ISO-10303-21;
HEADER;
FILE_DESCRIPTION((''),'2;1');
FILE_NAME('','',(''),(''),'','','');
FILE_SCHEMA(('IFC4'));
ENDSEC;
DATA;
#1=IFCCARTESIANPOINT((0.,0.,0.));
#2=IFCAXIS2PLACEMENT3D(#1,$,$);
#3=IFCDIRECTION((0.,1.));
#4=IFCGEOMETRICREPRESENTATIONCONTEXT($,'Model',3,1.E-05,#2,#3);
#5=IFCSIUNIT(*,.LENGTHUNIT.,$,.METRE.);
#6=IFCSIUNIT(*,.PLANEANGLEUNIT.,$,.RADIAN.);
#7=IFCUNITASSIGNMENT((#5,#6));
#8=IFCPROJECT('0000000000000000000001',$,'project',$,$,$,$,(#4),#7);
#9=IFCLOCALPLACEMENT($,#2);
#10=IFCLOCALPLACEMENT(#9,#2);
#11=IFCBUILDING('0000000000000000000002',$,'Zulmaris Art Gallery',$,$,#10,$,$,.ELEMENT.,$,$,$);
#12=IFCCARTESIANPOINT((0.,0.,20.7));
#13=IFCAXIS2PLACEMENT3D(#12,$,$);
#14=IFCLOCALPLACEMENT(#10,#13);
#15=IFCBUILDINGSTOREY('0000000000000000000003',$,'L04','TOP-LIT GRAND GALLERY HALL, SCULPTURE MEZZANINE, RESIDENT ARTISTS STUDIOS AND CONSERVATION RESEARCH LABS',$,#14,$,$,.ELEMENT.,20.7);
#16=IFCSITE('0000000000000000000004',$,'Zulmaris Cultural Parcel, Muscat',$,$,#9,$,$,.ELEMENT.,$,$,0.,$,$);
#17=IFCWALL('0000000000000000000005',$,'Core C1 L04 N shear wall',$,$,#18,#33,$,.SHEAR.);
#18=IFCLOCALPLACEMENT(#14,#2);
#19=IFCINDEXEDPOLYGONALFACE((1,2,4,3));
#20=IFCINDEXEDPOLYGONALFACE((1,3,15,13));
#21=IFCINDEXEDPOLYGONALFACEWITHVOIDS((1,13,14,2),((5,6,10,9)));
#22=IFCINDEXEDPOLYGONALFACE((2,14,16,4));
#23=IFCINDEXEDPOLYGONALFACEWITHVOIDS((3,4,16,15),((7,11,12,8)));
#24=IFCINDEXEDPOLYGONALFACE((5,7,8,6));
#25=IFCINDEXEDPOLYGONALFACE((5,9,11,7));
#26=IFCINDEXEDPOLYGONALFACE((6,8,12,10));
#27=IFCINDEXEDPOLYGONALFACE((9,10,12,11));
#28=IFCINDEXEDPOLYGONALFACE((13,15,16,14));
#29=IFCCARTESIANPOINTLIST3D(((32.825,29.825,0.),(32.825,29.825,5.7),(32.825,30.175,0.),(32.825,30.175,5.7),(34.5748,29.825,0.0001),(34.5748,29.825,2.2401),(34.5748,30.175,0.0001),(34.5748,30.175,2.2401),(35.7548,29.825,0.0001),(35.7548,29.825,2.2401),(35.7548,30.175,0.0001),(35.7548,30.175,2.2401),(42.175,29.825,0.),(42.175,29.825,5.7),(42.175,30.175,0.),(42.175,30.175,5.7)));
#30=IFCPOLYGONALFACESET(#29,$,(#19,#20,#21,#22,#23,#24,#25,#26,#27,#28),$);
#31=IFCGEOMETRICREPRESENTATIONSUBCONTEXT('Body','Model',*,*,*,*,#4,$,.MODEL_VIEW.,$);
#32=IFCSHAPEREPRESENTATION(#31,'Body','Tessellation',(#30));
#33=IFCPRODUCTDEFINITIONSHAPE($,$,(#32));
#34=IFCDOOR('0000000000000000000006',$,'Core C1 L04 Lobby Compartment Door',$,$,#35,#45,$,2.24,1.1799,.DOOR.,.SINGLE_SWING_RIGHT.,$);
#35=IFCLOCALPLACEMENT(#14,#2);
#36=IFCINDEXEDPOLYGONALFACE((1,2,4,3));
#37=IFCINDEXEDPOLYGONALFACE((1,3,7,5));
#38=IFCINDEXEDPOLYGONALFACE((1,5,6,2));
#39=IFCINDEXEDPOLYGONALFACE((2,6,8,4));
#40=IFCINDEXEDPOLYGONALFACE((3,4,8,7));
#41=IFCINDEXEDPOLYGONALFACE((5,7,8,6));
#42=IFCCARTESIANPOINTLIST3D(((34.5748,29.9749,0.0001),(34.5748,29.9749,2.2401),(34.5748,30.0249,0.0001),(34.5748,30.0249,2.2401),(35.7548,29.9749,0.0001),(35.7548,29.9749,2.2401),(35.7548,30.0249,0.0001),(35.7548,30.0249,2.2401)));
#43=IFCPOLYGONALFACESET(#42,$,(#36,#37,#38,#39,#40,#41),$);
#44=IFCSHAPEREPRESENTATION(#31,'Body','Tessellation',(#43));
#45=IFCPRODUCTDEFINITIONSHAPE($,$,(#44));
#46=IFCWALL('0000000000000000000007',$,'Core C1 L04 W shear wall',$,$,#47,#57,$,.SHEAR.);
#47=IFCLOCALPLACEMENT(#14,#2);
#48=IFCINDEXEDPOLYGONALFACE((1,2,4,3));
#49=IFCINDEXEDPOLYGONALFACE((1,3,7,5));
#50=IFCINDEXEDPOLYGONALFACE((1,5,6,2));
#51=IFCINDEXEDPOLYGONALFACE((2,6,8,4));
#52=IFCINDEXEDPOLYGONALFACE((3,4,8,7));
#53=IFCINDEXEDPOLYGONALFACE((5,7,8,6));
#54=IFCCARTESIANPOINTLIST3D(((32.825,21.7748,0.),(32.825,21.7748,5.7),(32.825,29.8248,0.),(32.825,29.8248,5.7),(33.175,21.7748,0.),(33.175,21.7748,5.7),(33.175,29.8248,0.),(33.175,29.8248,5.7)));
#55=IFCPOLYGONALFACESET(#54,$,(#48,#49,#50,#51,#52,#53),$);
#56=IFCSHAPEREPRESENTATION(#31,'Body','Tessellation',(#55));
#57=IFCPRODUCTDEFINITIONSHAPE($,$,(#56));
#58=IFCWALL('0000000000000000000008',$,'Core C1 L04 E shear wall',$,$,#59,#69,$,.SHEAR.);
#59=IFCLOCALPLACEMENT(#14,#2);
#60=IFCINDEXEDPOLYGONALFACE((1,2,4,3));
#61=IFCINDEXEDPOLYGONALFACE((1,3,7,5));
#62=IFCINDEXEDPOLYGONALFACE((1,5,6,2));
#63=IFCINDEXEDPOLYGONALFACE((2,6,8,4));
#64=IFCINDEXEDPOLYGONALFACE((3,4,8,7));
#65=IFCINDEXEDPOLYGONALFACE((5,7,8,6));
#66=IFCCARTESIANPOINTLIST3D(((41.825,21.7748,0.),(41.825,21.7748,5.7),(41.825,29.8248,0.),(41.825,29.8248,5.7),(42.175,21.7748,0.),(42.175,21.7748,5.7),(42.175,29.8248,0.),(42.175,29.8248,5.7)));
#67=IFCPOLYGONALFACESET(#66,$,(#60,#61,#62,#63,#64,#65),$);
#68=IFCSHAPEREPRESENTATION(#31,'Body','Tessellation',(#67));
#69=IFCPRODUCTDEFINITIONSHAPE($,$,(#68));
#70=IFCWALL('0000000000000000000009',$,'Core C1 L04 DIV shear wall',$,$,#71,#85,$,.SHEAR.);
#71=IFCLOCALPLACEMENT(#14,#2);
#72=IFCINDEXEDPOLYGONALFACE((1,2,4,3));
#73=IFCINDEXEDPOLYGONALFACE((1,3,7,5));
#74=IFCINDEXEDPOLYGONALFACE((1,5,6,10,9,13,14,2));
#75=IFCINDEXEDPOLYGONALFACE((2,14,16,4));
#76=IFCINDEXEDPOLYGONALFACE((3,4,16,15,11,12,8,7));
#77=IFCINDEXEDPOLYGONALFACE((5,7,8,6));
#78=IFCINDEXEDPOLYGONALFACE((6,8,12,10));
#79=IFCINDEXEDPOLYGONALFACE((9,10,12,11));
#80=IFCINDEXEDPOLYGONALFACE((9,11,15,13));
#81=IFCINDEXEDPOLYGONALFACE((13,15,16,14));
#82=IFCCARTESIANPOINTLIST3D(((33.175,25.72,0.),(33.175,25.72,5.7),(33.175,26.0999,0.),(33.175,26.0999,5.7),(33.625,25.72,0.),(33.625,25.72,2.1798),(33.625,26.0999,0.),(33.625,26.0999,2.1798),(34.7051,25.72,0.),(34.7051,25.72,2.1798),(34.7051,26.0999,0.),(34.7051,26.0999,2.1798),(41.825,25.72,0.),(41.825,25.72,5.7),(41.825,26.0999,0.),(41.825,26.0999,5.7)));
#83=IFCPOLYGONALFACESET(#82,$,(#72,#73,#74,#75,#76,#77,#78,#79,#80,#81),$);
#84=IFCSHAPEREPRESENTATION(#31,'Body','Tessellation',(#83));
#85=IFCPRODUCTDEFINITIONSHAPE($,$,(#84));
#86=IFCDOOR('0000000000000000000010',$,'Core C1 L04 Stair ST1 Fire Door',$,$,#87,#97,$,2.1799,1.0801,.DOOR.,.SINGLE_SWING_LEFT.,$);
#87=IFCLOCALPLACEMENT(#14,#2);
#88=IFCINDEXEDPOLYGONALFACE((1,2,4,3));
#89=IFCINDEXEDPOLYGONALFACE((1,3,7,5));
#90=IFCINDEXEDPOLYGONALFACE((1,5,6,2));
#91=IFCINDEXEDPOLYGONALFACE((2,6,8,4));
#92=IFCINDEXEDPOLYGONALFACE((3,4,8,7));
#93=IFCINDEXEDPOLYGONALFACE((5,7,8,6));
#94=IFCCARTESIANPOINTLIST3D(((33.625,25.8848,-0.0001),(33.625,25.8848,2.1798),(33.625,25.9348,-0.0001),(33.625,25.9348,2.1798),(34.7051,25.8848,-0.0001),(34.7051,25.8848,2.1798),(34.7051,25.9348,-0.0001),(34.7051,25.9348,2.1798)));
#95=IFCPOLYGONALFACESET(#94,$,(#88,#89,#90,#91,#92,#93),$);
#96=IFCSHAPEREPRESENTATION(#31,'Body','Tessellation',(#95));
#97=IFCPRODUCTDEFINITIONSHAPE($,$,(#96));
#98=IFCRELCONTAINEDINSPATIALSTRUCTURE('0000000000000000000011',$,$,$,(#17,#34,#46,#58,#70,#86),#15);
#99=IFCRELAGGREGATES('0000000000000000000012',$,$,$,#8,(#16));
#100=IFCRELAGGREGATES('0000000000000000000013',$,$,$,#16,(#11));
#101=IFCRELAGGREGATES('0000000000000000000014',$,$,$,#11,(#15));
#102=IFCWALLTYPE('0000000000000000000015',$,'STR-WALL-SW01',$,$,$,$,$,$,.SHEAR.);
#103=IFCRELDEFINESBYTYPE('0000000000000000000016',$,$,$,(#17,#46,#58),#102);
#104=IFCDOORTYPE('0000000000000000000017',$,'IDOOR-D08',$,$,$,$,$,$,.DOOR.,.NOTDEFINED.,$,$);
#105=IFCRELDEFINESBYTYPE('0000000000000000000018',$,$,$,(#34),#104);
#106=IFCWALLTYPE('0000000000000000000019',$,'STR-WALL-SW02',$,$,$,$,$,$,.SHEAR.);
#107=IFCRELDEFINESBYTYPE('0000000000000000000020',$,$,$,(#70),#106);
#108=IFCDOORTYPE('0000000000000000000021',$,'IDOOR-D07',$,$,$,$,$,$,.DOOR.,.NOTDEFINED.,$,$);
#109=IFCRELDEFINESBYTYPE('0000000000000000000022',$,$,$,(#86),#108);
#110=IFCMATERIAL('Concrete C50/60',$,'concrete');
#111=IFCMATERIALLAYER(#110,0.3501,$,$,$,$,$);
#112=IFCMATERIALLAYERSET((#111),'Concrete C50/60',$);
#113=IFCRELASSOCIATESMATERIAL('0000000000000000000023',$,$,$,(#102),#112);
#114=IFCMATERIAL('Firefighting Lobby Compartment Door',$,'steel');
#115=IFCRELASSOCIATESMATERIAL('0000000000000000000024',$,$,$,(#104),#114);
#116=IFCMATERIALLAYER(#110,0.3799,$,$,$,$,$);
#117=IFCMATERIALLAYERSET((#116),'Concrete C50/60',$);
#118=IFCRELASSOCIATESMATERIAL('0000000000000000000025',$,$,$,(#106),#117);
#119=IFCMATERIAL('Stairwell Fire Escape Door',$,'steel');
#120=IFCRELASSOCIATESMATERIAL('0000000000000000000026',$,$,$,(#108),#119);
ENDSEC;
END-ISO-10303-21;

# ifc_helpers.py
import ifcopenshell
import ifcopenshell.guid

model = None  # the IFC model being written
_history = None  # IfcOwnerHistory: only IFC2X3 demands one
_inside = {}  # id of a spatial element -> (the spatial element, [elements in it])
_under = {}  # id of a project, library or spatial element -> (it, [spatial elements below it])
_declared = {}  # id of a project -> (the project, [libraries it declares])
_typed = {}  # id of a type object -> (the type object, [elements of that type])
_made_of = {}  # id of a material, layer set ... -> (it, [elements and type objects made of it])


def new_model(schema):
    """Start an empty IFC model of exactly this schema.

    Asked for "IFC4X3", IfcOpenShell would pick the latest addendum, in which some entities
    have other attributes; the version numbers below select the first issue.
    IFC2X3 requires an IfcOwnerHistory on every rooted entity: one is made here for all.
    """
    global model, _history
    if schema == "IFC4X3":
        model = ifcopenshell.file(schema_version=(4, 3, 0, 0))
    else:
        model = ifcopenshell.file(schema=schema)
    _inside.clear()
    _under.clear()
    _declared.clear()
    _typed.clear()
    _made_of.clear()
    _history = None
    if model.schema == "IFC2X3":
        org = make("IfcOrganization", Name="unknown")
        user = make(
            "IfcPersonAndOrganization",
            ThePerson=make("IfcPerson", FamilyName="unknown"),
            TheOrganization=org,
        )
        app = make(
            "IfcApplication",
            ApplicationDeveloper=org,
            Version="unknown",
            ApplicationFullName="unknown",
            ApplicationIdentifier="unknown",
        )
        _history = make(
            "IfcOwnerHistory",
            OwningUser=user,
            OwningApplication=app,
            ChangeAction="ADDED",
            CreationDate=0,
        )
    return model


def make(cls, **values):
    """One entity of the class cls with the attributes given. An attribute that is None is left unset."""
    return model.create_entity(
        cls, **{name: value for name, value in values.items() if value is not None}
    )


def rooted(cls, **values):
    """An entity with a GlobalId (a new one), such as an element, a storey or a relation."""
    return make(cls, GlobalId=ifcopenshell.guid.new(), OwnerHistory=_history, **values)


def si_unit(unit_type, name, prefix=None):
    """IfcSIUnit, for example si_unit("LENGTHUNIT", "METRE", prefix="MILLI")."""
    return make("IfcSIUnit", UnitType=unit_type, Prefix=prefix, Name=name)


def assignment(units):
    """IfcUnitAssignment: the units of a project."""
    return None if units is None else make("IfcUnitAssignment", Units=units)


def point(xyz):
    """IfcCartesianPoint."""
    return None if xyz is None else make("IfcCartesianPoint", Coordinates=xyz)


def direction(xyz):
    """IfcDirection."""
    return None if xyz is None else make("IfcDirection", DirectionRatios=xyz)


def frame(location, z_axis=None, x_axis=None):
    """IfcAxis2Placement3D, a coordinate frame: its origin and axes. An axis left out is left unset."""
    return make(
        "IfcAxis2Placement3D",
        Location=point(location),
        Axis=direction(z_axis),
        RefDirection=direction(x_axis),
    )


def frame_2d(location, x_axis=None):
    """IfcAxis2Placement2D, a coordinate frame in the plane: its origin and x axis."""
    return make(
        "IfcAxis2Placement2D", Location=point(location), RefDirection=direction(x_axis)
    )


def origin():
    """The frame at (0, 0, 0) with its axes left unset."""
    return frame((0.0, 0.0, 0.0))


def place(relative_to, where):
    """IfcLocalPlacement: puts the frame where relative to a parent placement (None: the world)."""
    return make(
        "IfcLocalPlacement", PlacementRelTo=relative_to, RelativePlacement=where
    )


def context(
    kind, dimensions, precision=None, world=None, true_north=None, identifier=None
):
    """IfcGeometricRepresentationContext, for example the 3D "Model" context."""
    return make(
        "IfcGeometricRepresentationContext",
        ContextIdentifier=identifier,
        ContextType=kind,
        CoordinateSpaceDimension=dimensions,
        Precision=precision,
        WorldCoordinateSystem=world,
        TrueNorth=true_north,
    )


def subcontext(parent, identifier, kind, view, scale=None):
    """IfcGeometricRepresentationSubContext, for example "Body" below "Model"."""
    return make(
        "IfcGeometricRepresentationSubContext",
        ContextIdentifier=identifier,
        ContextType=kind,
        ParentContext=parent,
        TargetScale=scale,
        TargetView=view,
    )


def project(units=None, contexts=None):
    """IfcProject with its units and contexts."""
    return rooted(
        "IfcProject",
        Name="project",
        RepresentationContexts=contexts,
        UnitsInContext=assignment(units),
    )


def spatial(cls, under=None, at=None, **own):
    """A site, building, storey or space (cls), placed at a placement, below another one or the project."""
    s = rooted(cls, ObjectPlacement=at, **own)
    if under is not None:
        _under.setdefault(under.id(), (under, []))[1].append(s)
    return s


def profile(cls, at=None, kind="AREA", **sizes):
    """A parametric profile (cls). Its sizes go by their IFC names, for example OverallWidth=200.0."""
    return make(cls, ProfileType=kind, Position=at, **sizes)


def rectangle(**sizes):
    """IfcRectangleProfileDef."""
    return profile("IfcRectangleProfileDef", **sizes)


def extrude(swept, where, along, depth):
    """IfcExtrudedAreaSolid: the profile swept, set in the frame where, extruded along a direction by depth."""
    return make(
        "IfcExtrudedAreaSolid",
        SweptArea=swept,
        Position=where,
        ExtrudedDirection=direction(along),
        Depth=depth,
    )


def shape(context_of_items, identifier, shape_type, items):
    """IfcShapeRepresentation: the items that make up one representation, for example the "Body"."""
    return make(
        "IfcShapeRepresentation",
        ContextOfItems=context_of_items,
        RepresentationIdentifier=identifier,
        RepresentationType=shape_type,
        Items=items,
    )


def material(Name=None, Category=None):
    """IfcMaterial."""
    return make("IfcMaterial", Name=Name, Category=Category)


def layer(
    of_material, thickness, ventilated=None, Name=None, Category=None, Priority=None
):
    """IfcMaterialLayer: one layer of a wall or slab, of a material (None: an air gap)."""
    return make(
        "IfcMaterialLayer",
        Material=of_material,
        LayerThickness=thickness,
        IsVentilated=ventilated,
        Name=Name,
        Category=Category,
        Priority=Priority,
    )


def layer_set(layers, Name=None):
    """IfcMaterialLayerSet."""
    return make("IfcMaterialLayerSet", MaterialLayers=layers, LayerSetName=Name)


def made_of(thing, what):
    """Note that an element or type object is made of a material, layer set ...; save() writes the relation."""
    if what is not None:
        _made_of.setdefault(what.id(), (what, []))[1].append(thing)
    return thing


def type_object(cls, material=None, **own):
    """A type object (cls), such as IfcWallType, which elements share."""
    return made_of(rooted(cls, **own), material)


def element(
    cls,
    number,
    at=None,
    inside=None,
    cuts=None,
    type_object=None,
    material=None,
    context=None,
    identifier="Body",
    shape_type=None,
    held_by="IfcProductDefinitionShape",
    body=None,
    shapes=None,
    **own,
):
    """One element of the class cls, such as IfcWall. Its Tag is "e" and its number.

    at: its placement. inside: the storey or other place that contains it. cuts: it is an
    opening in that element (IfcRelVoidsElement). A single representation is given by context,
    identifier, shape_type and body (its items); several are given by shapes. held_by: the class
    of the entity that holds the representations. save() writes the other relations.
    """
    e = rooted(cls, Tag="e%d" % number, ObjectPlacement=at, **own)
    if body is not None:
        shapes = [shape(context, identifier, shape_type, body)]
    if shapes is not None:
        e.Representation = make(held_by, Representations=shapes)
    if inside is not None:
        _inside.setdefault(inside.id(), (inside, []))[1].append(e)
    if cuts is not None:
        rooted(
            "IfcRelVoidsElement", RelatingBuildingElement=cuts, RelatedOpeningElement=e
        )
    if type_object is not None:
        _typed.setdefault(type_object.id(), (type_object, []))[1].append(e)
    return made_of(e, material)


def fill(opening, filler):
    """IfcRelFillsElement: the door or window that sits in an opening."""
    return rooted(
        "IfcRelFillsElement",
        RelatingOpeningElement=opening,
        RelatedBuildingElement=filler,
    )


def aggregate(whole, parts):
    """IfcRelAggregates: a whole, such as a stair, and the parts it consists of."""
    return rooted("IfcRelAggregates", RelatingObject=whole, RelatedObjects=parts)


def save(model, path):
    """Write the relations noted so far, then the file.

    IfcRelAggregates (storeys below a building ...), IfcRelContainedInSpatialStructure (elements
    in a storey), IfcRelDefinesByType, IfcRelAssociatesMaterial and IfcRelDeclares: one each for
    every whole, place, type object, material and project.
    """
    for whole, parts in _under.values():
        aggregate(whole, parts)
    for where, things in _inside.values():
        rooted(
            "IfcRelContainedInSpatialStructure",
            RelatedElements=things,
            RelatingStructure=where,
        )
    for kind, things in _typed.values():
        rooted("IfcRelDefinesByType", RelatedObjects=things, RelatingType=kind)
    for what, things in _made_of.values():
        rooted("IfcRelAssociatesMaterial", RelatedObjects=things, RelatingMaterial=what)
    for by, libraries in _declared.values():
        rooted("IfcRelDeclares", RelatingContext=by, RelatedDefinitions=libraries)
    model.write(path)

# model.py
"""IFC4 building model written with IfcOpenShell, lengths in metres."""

from ifc_helpers import new_model, si_unit, direction, frame, frame_2d, origin, place, context, subcontext, project, spatial, rectangle, extrude, material, layer, layer_set, type_object, element, fill, save


model = new_model("IFC4")

# Units and contexts
model_context = context("Model", 3, precision=1e-05, world=origin(), true_north=direction((0.0, 1.0)))
body_context = subcontext(model_context, "Body", "Model", "MODEL_VIEW")
ifc_project = project(units=[si_unit("LENGTHUNIT", "METRE"), si_unit("PLANEANGLEUNIT", "RADIAN")], contexts=[model_context])

# Site, building, storey
site_placement = place(None, origin())
site = spatial("IfcSite", under=ifc_project, at=site_placement, Name="Zulmaris Cultural Parcel, Muscat", CompositionType="ELEMENT", RefElevation=0.0)
building_placement = place(site_placement, origin())
building = spatial("IfcBuilding", under=site, at=building_placement, Name="Zulmaris Art Gallery", CompositionType="ELEMENT")
storey_placement = place(building_placement, frame((0.0, 0.0, 20.7)))
storey = spatial("IfcBuildingStorey", under=building, at=storey_placement, Name="L04", Description="TOP-LIT GRAND GALLERY HALL, SCULPTURE MEZZANINE, RESIDENT ARTISTS STUDIOS AND CONSERVATION RESEARCH LABS", CompositionType="ELEMENT", Elevation=20.7)

# Wall, opening, door
ifc_material_1 = material(Name="Concrete C50/60", Category="concrete")
ifc_layer_1 = layer(ifc_material_1, 0.3501)
ifc_layer_set_1 = layer_set([ifc_layer_1], Name="Concrete C50/60")
wall_type_1 = type_object("IfcWallType", Name="STR-WALL-SW01", PredefinedType="SHEAR", material=ifc_layer_set_1)
wall_1_placement = place(storey_placement, frame((32.825, 30.0, 0.0), z_axis=(0.0, 0.0, 1.0), x_axis=(1.0, 0.0, 0.0)))
wall_1 = element("IfcWall", 1, at=wall_1_placement, inside=storey, type_object=wall_type_1, Name="Core C1 L04 N shear wall", PredefinedType="SHEAR", context=body_context, shape_type="SweptSolid", body=[
    extrude(rectangle(XDim=9.3501, YDim=0.3501, at=frame_2d((4.675, 0.0))), origin(), (0.0, 0.0, 1.0), 5.7),
])
opening_1_placement = place(wall_1_placement, frame((1.75, 0.0, 0.0)))
opening_1 = element("IfcOpeningElement", 2, at=opening_1_placement, cuts=wall_1, PredefinedType="OPENING", context=body_context, shape_type="SweptSolid", body=[
    extrude(rectangle(XDim=1.1799, YDim=2.24, at=frame_2d((0.5898, 1.1201))), frame((0.0, 0.1851, 0.0), z_axis=(0.0, -1.0, 0.0), x_axis=(1.0, 0.0, 0.0)), (0.0, 0.0, 1.0), 0.3701),
])
ifc_material_2 = material(Name="Firefighting Lobby Compartment Door", Category="steel")
door_type_1 = type_object("IfcDoorType", Name="IDOOR-D08", OperationType="NOTDEFINED", PredefinedType="DOOR", material=ifc_material_2)
door_1_placement = place(opening_1_placement, origin())
door_1 = element("IfcDoor", 3, at=door_1_placement, inside=storey, type_object=door_type_1, Name="Core C1 L04 Lobby Compartment Door", OperationType="SINGLE_SWING_RIGHT", OverallHeight=2.24, OverallWidth=1.1799, PredefinedType="DOOR", context=body_context, shape_type="SweptSolid", body=[
    extrude(rectangle(XDim=1.1799, YDim=2.24, at=frame_2d((0.5898, 1.1201))), frame((0.0, 0.0249, 0.0), z_axis=(0.0, -1.0, 0.0), x_axis=(1.0, 0.0, 0.0)), (0.0, 0.0, 1.0), 0.05),
])
fill(opening_1, door_1)

# Walls
for number, where, z_axis, x_axis, name in (
    (4, (33.0, 21.7749, 0.0), (0.0, 0.0, 1.0), (0.0, 1.0, 0.0), "Core C1 L04 W shear wall"),
    (5, (42.0, 21.7749, 0.0), (0.0, 0.0, 1.0), (0.0, 1.0, 0.0), "Core C1 L04 E shear wall"),
):
    element("IfcWall", number, at=place(storey_placement, frame(where, z_axis=z_axis, x_axis=x_axis)), inside=storey, type_object=wall_type_1, Name=name, PredefinedType="SHEAR", context=body_context, shape_type="SweptSolid", body=[
        extrude(rectangle(XDim=8.05, YDim=0.3501, at=frame_2d((4.0249, 0.0))), origin(), (0.0, 0.0, 1.0), 5.7),
    ])

# Wall, opening, door
ifc_layer_2 = layer(ifc_material_1, 0.3799)
ifc_layer_set_2 = layer_set([ifc_layer_2], Name="Concrete C50/60")
wall_type_2 = type_object("IfcWallType", Name="STR-WALL-SW02", PredefinedType="SHEAR", material=ifc_layer_set_2)
wall_2_placement = place(storey_placement, frame((33.175, 25.9099, 0.0), z_axis=(0.0, 0.0, 1.0), x_axis=(1.0, 0.0, 0.0)))
wall_2 = element("IfcWall", 6, at=wall_2_placement, inside=storey, type_object=wall_type_2, Name="Core C1 L04 DIV shear wall", PredefinedType="SHEAR", context=body_context, shape_type="SweptSolid", body=[
    extrude(rectangle(XDim=8.6499, YDim=0.3799, at=frame_2d((4.325, 0.0))), origin(), (0.0, 0.0, 1.0), 5.7),
])
opening_2_placement = place(wall_2_placement, frame((0.45, 0.0, 0.0)))
opening_2 = element("IfcOpeningElement", 7, at=opening_2_placement, cuts=wall_2, PredefinedType="OPENING", context=body_context, shape_type="SweptSolid", body=[
    extrude(rectangle(XDim=1.0801, YDim=2.1799, at=frame_2d((0.54, 1.0898))), frame((0.0, 0.2, 0.0), z_axis=(0.0, -1.0, 0.0), x_axis=(1.0, 0.0, 0.0)), (0.0, 0.0, 1.0), 0.3999),
])
ifc_material_3 = material(Name="Stairwell Fire Escape Door", Category="steel")
door_type_2 = type_object("IfcDoorType", Name="IDOOR-D07", OperationType="NOTDEFINED", PredefinedType="DOOR", material=ifc_material_3)
door_2_placement = place(opening_2_placement, origin())
door_2 = element("IfcDoor", 8, at=door_2_placement, inside=storey, type_object=door_type_2, Name="Core C1 L04 Stair ST1 Fire Door", OperationType="SINGLE_SWING_LEFT", OverallHeight=2.1799, OverallWidth=1.0801, PredefinedType="DOOR", context=body_context, shape_type="SweptSolid", body=[
    extrude(rectangle(XDim=1.0801, YDim=2.1799, at=frame_2d((0.54, 1.0898))), frame((0.0, 0.0249, 0.0), z_axis=(0.0, -1.0, 0.0), x_axis=(1.0, 0.0, 0.0)), (0.0, 0.0, 1.0), 0.05),
])
fill(opening_2, door_2)

save(model, "model.ifc")
